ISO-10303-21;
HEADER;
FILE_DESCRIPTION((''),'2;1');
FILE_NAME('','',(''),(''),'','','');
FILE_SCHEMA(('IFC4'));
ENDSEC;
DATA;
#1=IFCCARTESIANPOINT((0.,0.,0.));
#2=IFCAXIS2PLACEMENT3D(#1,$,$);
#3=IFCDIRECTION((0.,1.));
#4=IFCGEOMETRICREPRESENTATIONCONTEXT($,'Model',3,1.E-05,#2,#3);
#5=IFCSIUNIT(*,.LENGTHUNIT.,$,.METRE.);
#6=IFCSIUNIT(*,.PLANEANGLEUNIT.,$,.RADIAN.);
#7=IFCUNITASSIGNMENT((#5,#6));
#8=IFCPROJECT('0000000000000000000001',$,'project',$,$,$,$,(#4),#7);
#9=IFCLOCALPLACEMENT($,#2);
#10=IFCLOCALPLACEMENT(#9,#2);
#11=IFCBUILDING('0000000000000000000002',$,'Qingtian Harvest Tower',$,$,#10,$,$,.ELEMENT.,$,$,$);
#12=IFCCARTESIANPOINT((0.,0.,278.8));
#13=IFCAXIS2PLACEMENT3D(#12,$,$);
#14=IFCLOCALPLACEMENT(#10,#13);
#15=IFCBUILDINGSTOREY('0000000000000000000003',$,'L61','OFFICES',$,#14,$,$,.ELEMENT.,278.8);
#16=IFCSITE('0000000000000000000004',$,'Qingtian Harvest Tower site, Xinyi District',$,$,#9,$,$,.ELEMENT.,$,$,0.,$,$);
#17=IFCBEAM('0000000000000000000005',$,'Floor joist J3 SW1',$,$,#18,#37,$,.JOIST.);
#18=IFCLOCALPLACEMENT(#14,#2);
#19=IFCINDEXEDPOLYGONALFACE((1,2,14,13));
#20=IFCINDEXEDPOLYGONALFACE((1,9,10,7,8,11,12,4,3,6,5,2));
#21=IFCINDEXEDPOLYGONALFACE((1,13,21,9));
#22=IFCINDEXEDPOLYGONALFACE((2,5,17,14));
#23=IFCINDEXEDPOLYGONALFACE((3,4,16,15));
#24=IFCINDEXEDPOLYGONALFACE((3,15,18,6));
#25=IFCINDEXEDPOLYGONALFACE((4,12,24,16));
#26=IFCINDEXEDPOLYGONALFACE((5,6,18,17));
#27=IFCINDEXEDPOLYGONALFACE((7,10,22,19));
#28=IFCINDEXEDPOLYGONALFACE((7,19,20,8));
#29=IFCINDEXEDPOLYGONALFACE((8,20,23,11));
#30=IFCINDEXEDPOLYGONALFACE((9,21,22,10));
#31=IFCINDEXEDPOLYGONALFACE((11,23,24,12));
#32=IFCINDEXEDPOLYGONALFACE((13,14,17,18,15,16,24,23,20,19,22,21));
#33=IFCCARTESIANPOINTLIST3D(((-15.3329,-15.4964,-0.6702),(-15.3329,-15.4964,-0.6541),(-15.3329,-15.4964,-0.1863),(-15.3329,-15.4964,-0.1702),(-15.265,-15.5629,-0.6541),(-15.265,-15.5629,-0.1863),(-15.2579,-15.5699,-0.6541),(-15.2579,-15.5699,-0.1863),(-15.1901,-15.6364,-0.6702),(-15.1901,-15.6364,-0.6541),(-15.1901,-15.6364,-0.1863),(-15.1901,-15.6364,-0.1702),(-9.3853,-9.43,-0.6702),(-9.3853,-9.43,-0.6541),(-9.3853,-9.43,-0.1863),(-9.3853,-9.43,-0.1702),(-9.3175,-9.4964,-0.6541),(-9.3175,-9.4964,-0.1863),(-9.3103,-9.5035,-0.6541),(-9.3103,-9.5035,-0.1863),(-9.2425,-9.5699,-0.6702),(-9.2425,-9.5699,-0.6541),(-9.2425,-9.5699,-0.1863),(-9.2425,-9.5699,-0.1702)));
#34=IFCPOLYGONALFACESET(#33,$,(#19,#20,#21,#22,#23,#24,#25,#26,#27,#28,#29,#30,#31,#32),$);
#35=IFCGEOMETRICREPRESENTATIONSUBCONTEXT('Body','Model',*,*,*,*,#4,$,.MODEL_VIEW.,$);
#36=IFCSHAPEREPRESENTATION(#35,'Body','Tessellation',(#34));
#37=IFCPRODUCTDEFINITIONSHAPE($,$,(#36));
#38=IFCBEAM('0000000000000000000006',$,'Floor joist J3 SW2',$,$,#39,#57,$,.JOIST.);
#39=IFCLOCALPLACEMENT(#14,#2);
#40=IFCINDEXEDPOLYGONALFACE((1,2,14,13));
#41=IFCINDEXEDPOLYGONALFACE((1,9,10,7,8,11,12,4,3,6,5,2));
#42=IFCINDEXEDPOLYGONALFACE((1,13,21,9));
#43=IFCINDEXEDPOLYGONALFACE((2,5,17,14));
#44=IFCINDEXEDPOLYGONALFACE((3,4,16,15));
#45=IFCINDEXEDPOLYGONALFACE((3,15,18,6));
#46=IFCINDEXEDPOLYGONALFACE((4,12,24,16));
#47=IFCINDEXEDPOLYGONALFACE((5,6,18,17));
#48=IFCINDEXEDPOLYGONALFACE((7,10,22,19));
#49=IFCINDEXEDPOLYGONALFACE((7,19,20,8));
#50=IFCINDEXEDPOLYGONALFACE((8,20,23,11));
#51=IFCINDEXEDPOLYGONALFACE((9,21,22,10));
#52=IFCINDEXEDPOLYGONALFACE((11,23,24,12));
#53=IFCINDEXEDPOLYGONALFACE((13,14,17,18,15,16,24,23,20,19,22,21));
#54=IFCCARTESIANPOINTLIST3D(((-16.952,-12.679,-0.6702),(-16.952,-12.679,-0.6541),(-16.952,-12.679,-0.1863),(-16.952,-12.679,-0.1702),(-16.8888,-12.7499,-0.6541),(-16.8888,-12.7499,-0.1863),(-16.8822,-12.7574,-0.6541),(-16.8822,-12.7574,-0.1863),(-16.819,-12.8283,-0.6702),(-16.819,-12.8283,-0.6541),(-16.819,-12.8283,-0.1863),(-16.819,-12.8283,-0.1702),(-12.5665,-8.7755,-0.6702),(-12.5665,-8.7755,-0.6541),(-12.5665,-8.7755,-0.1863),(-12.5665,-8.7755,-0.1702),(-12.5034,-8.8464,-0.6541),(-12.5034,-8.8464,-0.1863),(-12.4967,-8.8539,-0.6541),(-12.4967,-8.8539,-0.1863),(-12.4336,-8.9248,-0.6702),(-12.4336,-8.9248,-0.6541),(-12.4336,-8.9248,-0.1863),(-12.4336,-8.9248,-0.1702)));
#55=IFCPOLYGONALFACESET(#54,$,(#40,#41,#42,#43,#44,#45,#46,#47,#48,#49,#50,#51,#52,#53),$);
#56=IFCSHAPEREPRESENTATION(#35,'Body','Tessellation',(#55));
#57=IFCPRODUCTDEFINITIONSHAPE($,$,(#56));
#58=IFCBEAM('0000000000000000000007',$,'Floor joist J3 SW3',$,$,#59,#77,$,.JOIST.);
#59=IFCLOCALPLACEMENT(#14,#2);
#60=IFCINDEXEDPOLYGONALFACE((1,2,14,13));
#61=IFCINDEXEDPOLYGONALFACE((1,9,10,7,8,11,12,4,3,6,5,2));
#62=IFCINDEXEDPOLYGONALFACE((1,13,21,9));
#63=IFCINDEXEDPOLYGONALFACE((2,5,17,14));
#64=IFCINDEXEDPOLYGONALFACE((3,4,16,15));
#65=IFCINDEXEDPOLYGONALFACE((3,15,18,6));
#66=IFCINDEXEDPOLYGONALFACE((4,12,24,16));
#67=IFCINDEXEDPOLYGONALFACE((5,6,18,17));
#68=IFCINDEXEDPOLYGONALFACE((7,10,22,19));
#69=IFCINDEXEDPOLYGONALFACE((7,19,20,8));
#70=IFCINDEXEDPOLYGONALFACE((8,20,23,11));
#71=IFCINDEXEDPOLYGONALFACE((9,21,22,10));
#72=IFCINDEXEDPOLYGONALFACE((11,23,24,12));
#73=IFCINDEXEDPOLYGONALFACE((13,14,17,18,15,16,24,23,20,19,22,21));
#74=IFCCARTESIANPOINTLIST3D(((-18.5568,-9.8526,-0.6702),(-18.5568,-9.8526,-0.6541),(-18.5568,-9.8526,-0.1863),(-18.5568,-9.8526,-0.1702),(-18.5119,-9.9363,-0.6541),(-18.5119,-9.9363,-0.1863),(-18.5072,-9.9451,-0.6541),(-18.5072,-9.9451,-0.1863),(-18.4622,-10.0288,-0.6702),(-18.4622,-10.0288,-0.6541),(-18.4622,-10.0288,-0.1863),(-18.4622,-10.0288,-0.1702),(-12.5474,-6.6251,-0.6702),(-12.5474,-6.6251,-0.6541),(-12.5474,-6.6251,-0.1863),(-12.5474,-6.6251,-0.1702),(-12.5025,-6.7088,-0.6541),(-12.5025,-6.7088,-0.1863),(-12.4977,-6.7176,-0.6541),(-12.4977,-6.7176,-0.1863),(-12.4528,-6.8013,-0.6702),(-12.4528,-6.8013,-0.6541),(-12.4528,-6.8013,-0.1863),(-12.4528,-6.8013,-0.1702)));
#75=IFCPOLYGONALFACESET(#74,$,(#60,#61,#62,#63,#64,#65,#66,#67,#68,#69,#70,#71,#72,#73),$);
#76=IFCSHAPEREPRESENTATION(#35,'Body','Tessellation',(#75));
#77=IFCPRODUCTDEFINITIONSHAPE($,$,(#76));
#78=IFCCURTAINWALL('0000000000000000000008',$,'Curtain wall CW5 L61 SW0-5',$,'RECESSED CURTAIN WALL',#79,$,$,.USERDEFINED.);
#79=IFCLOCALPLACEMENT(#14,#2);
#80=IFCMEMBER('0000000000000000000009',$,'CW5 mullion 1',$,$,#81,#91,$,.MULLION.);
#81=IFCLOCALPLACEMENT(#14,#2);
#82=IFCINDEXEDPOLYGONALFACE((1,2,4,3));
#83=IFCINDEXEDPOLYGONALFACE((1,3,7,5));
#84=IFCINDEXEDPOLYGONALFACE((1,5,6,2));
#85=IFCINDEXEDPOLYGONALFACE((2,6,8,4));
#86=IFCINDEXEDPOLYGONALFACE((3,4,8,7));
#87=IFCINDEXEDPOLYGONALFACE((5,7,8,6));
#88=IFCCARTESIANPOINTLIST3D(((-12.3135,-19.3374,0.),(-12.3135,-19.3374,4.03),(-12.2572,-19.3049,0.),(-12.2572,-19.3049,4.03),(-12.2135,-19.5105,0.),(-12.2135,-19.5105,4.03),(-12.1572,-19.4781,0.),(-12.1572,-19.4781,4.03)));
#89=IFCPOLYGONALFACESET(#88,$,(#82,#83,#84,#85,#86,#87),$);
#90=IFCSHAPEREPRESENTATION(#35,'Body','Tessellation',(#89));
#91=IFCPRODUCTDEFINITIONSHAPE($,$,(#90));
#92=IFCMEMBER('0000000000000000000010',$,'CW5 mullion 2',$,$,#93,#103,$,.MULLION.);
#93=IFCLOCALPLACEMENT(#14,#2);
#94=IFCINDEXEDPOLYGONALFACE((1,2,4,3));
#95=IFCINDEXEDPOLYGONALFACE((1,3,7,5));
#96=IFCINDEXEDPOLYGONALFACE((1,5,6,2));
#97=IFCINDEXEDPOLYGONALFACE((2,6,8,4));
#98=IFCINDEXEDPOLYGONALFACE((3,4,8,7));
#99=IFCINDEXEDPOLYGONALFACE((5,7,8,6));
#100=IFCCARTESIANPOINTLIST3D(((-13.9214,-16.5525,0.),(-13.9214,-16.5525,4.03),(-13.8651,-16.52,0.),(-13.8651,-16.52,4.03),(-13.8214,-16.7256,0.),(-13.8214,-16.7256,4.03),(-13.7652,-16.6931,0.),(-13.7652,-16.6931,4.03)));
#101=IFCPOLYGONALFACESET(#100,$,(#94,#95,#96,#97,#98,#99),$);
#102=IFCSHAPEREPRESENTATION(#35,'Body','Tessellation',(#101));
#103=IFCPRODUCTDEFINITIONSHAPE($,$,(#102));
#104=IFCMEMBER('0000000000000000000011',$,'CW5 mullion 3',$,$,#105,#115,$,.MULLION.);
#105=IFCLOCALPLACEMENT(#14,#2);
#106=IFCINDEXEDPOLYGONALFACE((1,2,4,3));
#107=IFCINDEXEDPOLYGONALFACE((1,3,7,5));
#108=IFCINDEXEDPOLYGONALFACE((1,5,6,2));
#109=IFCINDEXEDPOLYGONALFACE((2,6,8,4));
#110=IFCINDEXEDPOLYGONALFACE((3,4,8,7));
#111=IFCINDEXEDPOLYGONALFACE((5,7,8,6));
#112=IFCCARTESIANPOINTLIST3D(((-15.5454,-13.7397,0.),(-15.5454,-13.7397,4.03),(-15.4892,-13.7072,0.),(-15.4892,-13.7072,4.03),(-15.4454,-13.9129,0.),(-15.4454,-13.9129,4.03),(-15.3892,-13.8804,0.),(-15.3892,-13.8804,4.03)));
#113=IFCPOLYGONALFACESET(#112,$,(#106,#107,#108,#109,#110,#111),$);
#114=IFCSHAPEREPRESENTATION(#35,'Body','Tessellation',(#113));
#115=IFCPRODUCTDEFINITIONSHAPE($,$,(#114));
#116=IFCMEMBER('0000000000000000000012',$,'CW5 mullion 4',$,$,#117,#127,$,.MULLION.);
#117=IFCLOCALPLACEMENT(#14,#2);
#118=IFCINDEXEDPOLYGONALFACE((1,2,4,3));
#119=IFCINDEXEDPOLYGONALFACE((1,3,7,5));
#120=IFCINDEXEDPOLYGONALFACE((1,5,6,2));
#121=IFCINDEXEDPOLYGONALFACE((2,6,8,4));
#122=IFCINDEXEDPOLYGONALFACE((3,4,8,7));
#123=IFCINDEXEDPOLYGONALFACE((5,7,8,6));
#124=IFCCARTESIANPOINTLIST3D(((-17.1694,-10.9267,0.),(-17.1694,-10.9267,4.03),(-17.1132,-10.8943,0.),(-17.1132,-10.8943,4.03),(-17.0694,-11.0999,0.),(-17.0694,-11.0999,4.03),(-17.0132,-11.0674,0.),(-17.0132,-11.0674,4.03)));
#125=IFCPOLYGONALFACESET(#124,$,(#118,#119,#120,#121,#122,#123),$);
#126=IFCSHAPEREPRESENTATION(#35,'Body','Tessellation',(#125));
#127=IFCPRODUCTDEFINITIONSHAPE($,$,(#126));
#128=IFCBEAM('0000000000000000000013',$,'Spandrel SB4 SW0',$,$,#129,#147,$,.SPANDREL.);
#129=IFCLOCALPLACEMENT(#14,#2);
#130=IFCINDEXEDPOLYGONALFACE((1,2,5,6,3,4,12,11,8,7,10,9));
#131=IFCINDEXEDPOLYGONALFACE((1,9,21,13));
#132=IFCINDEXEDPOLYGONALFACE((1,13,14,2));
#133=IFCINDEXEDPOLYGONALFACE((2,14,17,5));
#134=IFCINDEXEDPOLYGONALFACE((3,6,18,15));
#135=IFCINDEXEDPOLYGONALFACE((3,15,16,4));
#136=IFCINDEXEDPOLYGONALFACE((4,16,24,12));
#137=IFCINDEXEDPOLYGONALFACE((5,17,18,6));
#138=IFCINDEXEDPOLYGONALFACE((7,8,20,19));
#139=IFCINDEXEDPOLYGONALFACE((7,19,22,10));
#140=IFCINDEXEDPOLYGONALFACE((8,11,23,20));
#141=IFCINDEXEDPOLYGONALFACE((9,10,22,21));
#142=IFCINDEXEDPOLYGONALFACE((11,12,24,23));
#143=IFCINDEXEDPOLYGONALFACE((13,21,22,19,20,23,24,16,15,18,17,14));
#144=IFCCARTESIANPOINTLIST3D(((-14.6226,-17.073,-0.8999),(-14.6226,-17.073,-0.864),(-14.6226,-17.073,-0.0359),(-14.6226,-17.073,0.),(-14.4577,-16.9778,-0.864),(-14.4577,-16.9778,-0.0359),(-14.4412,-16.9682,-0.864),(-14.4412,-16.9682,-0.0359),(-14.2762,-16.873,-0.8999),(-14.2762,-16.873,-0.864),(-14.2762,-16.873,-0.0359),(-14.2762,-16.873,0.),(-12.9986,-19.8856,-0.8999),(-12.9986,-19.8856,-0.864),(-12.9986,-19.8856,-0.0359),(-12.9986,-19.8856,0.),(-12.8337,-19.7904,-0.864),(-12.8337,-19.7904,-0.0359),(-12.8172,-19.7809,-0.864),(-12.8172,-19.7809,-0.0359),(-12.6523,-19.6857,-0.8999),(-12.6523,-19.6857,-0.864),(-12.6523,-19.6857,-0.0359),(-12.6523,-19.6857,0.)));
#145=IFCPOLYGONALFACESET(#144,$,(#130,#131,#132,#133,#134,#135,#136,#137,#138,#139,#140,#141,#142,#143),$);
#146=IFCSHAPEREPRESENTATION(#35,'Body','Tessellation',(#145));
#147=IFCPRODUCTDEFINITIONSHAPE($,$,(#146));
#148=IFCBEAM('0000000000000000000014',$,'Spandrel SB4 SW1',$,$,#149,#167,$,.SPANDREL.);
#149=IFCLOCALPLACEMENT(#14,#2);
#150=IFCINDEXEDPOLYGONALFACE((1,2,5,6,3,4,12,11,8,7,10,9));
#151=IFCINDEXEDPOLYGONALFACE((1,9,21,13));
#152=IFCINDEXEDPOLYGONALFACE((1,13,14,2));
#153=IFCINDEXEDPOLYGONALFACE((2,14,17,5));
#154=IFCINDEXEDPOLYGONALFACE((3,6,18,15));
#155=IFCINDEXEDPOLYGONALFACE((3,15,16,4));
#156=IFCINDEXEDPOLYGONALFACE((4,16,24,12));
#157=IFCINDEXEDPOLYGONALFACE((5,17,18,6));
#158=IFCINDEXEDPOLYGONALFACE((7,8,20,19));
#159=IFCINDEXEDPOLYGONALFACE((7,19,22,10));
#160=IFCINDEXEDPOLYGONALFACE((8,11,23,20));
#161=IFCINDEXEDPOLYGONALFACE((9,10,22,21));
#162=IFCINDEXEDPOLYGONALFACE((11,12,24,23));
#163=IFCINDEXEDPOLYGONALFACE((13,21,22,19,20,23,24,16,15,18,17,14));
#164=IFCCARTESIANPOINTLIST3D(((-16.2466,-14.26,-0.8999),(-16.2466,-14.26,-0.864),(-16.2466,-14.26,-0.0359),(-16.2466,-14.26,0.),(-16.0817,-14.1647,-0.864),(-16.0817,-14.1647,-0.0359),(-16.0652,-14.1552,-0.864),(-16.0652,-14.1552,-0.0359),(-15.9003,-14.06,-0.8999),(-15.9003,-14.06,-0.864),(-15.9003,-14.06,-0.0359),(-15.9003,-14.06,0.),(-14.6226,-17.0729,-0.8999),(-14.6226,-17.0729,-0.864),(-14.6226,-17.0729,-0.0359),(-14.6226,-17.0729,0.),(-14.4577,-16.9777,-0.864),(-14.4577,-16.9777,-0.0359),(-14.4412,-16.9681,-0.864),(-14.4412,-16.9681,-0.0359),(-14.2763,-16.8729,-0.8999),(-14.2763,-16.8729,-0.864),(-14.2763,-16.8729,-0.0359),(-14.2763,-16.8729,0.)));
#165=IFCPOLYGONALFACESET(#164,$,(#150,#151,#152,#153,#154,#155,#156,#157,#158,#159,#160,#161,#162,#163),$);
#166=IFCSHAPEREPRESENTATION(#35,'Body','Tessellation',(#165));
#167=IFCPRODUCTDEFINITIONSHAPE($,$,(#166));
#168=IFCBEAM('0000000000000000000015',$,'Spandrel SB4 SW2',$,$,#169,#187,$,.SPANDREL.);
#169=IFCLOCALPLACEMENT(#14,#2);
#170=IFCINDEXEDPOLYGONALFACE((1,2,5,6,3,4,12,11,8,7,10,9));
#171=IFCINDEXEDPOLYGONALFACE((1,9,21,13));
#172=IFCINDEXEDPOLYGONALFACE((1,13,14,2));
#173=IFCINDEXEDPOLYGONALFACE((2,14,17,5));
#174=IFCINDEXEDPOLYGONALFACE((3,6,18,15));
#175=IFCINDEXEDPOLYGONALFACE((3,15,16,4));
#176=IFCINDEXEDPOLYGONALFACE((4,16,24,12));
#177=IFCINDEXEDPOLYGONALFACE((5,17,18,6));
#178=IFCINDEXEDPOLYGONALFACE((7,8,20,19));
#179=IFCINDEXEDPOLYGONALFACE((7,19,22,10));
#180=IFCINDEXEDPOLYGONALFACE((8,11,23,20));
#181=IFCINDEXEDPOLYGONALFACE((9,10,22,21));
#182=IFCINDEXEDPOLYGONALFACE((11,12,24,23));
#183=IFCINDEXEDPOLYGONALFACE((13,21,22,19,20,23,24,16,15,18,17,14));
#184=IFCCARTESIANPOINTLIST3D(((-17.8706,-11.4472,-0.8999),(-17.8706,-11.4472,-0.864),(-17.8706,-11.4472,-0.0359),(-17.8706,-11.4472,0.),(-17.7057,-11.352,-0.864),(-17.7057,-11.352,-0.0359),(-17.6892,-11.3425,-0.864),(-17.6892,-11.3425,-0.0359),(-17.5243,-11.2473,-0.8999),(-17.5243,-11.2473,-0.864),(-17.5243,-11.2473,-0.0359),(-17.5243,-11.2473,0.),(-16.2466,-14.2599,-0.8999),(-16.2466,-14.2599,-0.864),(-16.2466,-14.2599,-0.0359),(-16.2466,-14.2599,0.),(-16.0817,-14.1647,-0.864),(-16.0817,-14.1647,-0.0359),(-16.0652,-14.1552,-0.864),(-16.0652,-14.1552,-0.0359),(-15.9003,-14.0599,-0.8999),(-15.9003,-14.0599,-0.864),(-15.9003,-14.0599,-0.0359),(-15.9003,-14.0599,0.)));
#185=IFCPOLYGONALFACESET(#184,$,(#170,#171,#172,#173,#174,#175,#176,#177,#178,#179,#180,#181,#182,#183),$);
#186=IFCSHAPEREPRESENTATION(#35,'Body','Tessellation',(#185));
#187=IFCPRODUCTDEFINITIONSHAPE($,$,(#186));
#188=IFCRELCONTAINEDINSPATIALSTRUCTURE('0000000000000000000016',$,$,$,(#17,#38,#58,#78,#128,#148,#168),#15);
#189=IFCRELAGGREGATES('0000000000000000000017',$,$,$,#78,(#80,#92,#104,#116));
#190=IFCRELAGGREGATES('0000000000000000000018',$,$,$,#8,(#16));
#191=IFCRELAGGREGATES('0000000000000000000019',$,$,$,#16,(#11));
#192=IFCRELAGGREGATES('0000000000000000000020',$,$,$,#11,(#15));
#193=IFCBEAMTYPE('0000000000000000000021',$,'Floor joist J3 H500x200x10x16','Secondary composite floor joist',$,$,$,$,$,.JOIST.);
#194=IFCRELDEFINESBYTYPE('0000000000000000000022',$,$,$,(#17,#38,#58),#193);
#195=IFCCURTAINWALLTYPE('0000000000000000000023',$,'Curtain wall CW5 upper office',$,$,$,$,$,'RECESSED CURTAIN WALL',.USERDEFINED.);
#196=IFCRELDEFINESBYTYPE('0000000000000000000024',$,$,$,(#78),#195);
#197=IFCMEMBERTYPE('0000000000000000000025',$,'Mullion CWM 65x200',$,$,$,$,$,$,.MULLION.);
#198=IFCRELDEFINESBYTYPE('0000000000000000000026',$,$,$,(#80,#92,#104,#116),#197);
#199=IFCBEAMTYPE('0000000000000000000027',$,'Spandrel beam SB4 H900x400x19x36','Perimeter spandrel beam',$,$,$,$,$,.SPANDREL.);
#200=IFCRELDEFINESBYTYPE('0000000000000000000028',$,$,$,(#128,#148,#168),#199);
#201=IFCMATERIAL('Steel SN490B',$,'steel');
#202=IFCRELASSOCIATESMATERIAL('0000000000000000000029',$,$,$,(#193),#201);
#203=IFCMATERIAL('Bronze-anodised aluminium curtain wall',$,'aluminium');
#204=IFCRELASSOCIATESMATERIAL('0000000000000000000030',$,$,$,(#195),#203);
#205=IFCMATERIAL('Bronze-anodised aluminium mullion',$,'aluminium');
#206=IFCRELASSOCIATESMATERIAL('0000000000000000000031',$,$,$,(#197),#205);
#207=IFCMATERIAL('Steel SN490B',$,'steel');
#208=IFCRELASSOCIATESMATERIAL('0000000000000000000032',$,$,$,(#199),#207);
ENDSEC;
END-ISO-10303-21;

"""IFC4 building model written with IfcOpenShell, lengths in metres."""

from ifc_helpers import new_model, si_unit, direction, frame, origin, origin_2d, place, context, subcontext, project, spatial, rectangle, i_section, extrude, material, material_profile, profile_set, type_object, element, aggregate, save


model = new_model("IFC4")

# Units and contexts
model_context = context("Model", 3, precision=1e-05, world=origin(), true_north=direction((0.0, 1.0)))
body_context = subcontext(model_context, "Body", "Model", "MODEL_VIEW")
ifc_project = project(units=[si_unit("LENGTHUNIT", "METRE"), si_unit("PLANEANGLEUNIT", "RADIAN")], contexts=[model_context])

# Site, building, storey
site_placement = place(None, origin())
site = spatial("IfcSite", under=ifc_project, at=site_placement, Name="Qingtian Harvest Tower site, Xinyi District", CompositionType="ELEMENT", RefElevation=0.0)
building_placement = place(site_placement, origin())
building = spatial("IfcBuilding", under=site, at=building_placement, Name="Qingtian Harvest Tower", CompositionType="ELEMENT")
storey_placement = place(building_placement, frame((0.0, 0.0, 278.8)))
storey = spatial("IfcBuildingStorey", under=building, at=storey_placement, Name="L61", Description="OFFICES", CompositionType="ELEMENT", Elevation=278.8)

# Beams
ifc_material_1 = material(Name="Steel SN490B", Category="steel")
ifc_material_profile_1 = material_profile(ifc_material_1, i_section(OverallWidth=0.2, OverallDepth=0.5, WebThickness=0.01, FlangeThickness=0.0161, at=origin_2d()), Name="H500x200x10x16")
ifc_profile_set_1 = profile_set([ifc_material_profile_1], Name="Steel SN490B")
beam_type_1 = type_object("IfcBeamType", Name="Floor joist J3 H500x200x10x16", Description="Secondary composite floor joist", PredefinedType="JOIST", material=ifc_profile_set_1)
beam_1_placement = place(storey_placement, frame((-15.2615, -15.5664, -0.4202), z_axis=(0.700075, 0.71407, 0.0), x_axis=(-0.71407, 0.700075, 0.0)))
element("IfcBeam", 1, at=beam_1_placement, inside=storey, type_object=beam_type_1, Name="Floor joist J3 SW1", PredefinedType="JOIST", context=body_context, shape_type="SweptSolid", body=[
    extrude(i_section(OverallWidth=0.2, OverallDepth=0.5, WebThickness=0.01, FlangeThickness=0.0161, at=origin_2d()), origin(), (0.0, 0.0, 1.0), 8.4956),
])
beam_2_placement = place(storey_placement, frame((-16.8855, -12.7537, -0.4202), z_axis=(0.746957, 0.664872, 0.0), x_axis=(-0.664872, 0.746957, 0.0)))
element("IfcBeam", 2, at=beam_2_placement, inside=storey, type_object=beam_type_1, Name="Floor joist J3 SW2", PredefinedType="JOIST", context=body_context, shape_type="SweptSolid", body=[
    extrude(i_section(OverallWidth=0.2, OverallDepth=0.5, WebThickness=0.01, FlangeThickness=0.0161, at=origin_2d()), origin(), (0.0, 0.0, 1.0), 5.8711),
])
beam_3_placement = place(storey_placement, frame((-18.5095, -9.9407, -0.4202), z_axis=(0.880982, 0.47315, 0.0), x_axis=(-0.47315, 0.880982, 0.0)))
element("IfcBeam", 3, at=beam_3_placement, inside=storey, type_object=beam_type_1, Name="Floor joist J3 SW3", PredefinedType="JOIST", context=body_context, shape_type="SweptSolid", body=[
    extrude(i_section(OverallWidth=0.2, OverallDepth=0.5, WebThickness=0.01, FlangeThickness=0.0161, at=origin_2d()), origin(), (0.0, 0.0, 1.0), 6.8213),
])

# Curtain wall, members
ifc_material_2 = material(Name="Bronze-anodised aluminium curtain wall", Category="aluminium")
curtain_wall_type = type_object("IfcCurtainWallType", Name="Curtain wall CW5 upper office", ElementType="RECESSED CURTAIN WALL", PredefinedType="USERDEFINED", material=ifc_material_2)
curtain_wall_placement = place(storey_placement, origin())
curtain_wall = element("IfcCurtainWall", 4, at=curtain_wall_placement, inside=storey, type_object=curtain_wall_type, Name="Curtain wall CW5 L61 SW0-5", ObjectType="RECESSED CURTAIN WALL", PredefinedType="USERDEFINED")
ifc_material_3 = material(Name="Bronze-anodised aluminium mullion", Category="aluminium")
ifc_material_profile_2 = material_profile(ifc_material_3, rectangle(XDim=0.0649, YDim=0.2, at=origin_2d()), Name="AL 65x200")
ifc_profile_set_2 = profile_set([ifc_material_profile_2], Name="Bronze-anodised aluminium mullion")
member_type_1 = type_object("IfcMemberType", Name="Mullion CWM 65x200", PredefinedType="MULLION", material=ifc_profile_set_2)
member_1_placement = place(storey_placement, frame((-12.2354, -19.4077, 0.0), z_axis=(0.0, 0.0, 1.0), x_axis=(-0.866025, -0.5, 0.0)))
member_1 = element("IfcMember", 5, at=member_1_placement, type_object=member_type_1, Name="CW5 mullion 1", PredefinedType="MULLION", context=body_context, shape_type="SweptSolid", body=[
    extrude(rectangle(XDim=0.0649, YDim=0.2, at=origin_2d()), origin(), (0.0, 0.0, 1.0), 4.03),
])
member_2_placement = place(storey_placement, frame((-13.8433, -16.6228, 0.0), z_axis=(0.0, 0.0, 1.0), x_axis=(-0.866025, -0.5, 0.0)))
member_2 = element("IfcMember", 6, at=member_2_placement, type_object=member_type_1, Name="CW5 mullion 2", PredefinedType="MULLION", context=body_context, shape_type="SweptSolid", body=[
    extrude(rectangle(XDim=0.0649, YDim=0.2, at=origin_2d()), origin(), (0.0, 0.0, 1.0), 4.03),
])
member_3_placement = place(storey_placement, frame((-15.4673, -13.8101, 0.0), z_axis=(0.0, 0.0, 1.0), x_axis=(-0.866025, -0.5, 0.0)))
member_3 = element("IfcMember", 7, at=member_3_placement, type_object=member_type_1, Name="CW5 mullion 3", PredefinedType="MULLION", context=body_context, shape_type="SweptSolid", body=[
    extrude(rectangle(XDim=0.0649, YDim=0.2, at=origin_2d()), origin(), (0.0, 0.0, 1.0), 4.03),
])
member_4_placement = place(storey_placement, frame((-17.0913, -10.9971, 0.0), z_axis=(0.0, 0.0, 1.0), x_axis=(-0.866025, -0.5, 0.0)))
member_4 = element("IfcMember", 8, at=member_4_placement, type_object=member_type_1, Name="CW5 mullion 4", PredefinedType="MULLION", context=body_context, shape_type="SweptSolid", body=[
    extrude(rectangle(XDim=0.0649, YDim=0.2, at=origin_2d()), origin(), (0.0, 0.0, 1.0), 4.03),
])

# Beams
ifc_material_4 = material(Name="Steel SN490B", Category="steel")
ifc_material_profile_3 = material_profile(ifc_material_4, i_section(OverallWidth=0.3999, OverallDepth=0.8999, WebThickness=0.019, FlangeThickness=0.0359, at=origin_2d()), Name="H900x400x19x36")
ifc_profile_set_3 = profile_set([ifc_material_profile_3], Name="Steel SN490B")
beam_type_2 = type_object("IfcBeamType", Name="Spandrel beam SB4 H900x400x19x36", Description="Perimeter spandrel beam", PredefinedType="SPANDREL", material=ifc_profile_set_3)
beam_4_placement = place(storey_placement, frame((-12.8254, -19.7856, -0.45), z_axis=(-0.50002, 0.866014, 0.0), x_axis=(-0.866014, -0.50002, 0.0)))
element("IfcBeam", 9, at=beam_4_placement, inside=storey, type_object=beam_type_2, Name="Spandrel SB4 SW0", PredefinedType="SPANDREL", context=body_context, shape_type="SweptSolid", body=[
    extrude(i_section(OverallWidth=0.3999, OverallDepth=0.8999, WebThickness=0.019, FlangeThickness=0.0359, at=origin_2d()), origin(), (0.0, 0.0, 1.0), 3.2478),
])
beam_5_placement = place(storey_placement, frame((-14.4495, -16.9729, -0.45), z_axis=(-0.499987, 0.866033, 0.0), x_axis=(-0.866033, -0.499987, 0.0)))
element("IfcBeam", 10, at=beam_5_placement, inside=storey, type_object=beam_type_2, Name="Spandrel SB4 SW1", PredefinedType="SPANDREL", context=body_context, shape_type="SweptSolid", body=[
    extrude(i_section(OverallWidth=0.3999, OverallDepth=0.8999, WebThickness=0.019, FlangeThickness=0.0359, at=origin_2d()), origin(), (0.0, 0.0, 1.0), 3.248),
])
beam_6_placement = place(storey_placement, frame((-16.0735, -14.1599, -0.45), z_axis=(-0.50002, 0.866014, 0.0), x_axis=(-0.866014, -0.50002, 0.0)))
element("IfcBeam", 11, at=beam_6_placement, inside=storey, type_object=beam_type_2, Name="Spandrel SB4 SW2", PredefinedType="SPANDREL", context=body_context, shape_type="SweptSolid", body=[
    extrude(i_section(OverallWidth=0.3999, OverallDepth=0.8999, WebThickness=0.019, FlangeThickness=0.0359, at=origin_2d()), origin(), (0.0, 0.0, 1.0), 3.2478),
])

aggregate(curtain_wall, [member_1, member_2, member_3, member_4])

save(model, "model.ifc")
